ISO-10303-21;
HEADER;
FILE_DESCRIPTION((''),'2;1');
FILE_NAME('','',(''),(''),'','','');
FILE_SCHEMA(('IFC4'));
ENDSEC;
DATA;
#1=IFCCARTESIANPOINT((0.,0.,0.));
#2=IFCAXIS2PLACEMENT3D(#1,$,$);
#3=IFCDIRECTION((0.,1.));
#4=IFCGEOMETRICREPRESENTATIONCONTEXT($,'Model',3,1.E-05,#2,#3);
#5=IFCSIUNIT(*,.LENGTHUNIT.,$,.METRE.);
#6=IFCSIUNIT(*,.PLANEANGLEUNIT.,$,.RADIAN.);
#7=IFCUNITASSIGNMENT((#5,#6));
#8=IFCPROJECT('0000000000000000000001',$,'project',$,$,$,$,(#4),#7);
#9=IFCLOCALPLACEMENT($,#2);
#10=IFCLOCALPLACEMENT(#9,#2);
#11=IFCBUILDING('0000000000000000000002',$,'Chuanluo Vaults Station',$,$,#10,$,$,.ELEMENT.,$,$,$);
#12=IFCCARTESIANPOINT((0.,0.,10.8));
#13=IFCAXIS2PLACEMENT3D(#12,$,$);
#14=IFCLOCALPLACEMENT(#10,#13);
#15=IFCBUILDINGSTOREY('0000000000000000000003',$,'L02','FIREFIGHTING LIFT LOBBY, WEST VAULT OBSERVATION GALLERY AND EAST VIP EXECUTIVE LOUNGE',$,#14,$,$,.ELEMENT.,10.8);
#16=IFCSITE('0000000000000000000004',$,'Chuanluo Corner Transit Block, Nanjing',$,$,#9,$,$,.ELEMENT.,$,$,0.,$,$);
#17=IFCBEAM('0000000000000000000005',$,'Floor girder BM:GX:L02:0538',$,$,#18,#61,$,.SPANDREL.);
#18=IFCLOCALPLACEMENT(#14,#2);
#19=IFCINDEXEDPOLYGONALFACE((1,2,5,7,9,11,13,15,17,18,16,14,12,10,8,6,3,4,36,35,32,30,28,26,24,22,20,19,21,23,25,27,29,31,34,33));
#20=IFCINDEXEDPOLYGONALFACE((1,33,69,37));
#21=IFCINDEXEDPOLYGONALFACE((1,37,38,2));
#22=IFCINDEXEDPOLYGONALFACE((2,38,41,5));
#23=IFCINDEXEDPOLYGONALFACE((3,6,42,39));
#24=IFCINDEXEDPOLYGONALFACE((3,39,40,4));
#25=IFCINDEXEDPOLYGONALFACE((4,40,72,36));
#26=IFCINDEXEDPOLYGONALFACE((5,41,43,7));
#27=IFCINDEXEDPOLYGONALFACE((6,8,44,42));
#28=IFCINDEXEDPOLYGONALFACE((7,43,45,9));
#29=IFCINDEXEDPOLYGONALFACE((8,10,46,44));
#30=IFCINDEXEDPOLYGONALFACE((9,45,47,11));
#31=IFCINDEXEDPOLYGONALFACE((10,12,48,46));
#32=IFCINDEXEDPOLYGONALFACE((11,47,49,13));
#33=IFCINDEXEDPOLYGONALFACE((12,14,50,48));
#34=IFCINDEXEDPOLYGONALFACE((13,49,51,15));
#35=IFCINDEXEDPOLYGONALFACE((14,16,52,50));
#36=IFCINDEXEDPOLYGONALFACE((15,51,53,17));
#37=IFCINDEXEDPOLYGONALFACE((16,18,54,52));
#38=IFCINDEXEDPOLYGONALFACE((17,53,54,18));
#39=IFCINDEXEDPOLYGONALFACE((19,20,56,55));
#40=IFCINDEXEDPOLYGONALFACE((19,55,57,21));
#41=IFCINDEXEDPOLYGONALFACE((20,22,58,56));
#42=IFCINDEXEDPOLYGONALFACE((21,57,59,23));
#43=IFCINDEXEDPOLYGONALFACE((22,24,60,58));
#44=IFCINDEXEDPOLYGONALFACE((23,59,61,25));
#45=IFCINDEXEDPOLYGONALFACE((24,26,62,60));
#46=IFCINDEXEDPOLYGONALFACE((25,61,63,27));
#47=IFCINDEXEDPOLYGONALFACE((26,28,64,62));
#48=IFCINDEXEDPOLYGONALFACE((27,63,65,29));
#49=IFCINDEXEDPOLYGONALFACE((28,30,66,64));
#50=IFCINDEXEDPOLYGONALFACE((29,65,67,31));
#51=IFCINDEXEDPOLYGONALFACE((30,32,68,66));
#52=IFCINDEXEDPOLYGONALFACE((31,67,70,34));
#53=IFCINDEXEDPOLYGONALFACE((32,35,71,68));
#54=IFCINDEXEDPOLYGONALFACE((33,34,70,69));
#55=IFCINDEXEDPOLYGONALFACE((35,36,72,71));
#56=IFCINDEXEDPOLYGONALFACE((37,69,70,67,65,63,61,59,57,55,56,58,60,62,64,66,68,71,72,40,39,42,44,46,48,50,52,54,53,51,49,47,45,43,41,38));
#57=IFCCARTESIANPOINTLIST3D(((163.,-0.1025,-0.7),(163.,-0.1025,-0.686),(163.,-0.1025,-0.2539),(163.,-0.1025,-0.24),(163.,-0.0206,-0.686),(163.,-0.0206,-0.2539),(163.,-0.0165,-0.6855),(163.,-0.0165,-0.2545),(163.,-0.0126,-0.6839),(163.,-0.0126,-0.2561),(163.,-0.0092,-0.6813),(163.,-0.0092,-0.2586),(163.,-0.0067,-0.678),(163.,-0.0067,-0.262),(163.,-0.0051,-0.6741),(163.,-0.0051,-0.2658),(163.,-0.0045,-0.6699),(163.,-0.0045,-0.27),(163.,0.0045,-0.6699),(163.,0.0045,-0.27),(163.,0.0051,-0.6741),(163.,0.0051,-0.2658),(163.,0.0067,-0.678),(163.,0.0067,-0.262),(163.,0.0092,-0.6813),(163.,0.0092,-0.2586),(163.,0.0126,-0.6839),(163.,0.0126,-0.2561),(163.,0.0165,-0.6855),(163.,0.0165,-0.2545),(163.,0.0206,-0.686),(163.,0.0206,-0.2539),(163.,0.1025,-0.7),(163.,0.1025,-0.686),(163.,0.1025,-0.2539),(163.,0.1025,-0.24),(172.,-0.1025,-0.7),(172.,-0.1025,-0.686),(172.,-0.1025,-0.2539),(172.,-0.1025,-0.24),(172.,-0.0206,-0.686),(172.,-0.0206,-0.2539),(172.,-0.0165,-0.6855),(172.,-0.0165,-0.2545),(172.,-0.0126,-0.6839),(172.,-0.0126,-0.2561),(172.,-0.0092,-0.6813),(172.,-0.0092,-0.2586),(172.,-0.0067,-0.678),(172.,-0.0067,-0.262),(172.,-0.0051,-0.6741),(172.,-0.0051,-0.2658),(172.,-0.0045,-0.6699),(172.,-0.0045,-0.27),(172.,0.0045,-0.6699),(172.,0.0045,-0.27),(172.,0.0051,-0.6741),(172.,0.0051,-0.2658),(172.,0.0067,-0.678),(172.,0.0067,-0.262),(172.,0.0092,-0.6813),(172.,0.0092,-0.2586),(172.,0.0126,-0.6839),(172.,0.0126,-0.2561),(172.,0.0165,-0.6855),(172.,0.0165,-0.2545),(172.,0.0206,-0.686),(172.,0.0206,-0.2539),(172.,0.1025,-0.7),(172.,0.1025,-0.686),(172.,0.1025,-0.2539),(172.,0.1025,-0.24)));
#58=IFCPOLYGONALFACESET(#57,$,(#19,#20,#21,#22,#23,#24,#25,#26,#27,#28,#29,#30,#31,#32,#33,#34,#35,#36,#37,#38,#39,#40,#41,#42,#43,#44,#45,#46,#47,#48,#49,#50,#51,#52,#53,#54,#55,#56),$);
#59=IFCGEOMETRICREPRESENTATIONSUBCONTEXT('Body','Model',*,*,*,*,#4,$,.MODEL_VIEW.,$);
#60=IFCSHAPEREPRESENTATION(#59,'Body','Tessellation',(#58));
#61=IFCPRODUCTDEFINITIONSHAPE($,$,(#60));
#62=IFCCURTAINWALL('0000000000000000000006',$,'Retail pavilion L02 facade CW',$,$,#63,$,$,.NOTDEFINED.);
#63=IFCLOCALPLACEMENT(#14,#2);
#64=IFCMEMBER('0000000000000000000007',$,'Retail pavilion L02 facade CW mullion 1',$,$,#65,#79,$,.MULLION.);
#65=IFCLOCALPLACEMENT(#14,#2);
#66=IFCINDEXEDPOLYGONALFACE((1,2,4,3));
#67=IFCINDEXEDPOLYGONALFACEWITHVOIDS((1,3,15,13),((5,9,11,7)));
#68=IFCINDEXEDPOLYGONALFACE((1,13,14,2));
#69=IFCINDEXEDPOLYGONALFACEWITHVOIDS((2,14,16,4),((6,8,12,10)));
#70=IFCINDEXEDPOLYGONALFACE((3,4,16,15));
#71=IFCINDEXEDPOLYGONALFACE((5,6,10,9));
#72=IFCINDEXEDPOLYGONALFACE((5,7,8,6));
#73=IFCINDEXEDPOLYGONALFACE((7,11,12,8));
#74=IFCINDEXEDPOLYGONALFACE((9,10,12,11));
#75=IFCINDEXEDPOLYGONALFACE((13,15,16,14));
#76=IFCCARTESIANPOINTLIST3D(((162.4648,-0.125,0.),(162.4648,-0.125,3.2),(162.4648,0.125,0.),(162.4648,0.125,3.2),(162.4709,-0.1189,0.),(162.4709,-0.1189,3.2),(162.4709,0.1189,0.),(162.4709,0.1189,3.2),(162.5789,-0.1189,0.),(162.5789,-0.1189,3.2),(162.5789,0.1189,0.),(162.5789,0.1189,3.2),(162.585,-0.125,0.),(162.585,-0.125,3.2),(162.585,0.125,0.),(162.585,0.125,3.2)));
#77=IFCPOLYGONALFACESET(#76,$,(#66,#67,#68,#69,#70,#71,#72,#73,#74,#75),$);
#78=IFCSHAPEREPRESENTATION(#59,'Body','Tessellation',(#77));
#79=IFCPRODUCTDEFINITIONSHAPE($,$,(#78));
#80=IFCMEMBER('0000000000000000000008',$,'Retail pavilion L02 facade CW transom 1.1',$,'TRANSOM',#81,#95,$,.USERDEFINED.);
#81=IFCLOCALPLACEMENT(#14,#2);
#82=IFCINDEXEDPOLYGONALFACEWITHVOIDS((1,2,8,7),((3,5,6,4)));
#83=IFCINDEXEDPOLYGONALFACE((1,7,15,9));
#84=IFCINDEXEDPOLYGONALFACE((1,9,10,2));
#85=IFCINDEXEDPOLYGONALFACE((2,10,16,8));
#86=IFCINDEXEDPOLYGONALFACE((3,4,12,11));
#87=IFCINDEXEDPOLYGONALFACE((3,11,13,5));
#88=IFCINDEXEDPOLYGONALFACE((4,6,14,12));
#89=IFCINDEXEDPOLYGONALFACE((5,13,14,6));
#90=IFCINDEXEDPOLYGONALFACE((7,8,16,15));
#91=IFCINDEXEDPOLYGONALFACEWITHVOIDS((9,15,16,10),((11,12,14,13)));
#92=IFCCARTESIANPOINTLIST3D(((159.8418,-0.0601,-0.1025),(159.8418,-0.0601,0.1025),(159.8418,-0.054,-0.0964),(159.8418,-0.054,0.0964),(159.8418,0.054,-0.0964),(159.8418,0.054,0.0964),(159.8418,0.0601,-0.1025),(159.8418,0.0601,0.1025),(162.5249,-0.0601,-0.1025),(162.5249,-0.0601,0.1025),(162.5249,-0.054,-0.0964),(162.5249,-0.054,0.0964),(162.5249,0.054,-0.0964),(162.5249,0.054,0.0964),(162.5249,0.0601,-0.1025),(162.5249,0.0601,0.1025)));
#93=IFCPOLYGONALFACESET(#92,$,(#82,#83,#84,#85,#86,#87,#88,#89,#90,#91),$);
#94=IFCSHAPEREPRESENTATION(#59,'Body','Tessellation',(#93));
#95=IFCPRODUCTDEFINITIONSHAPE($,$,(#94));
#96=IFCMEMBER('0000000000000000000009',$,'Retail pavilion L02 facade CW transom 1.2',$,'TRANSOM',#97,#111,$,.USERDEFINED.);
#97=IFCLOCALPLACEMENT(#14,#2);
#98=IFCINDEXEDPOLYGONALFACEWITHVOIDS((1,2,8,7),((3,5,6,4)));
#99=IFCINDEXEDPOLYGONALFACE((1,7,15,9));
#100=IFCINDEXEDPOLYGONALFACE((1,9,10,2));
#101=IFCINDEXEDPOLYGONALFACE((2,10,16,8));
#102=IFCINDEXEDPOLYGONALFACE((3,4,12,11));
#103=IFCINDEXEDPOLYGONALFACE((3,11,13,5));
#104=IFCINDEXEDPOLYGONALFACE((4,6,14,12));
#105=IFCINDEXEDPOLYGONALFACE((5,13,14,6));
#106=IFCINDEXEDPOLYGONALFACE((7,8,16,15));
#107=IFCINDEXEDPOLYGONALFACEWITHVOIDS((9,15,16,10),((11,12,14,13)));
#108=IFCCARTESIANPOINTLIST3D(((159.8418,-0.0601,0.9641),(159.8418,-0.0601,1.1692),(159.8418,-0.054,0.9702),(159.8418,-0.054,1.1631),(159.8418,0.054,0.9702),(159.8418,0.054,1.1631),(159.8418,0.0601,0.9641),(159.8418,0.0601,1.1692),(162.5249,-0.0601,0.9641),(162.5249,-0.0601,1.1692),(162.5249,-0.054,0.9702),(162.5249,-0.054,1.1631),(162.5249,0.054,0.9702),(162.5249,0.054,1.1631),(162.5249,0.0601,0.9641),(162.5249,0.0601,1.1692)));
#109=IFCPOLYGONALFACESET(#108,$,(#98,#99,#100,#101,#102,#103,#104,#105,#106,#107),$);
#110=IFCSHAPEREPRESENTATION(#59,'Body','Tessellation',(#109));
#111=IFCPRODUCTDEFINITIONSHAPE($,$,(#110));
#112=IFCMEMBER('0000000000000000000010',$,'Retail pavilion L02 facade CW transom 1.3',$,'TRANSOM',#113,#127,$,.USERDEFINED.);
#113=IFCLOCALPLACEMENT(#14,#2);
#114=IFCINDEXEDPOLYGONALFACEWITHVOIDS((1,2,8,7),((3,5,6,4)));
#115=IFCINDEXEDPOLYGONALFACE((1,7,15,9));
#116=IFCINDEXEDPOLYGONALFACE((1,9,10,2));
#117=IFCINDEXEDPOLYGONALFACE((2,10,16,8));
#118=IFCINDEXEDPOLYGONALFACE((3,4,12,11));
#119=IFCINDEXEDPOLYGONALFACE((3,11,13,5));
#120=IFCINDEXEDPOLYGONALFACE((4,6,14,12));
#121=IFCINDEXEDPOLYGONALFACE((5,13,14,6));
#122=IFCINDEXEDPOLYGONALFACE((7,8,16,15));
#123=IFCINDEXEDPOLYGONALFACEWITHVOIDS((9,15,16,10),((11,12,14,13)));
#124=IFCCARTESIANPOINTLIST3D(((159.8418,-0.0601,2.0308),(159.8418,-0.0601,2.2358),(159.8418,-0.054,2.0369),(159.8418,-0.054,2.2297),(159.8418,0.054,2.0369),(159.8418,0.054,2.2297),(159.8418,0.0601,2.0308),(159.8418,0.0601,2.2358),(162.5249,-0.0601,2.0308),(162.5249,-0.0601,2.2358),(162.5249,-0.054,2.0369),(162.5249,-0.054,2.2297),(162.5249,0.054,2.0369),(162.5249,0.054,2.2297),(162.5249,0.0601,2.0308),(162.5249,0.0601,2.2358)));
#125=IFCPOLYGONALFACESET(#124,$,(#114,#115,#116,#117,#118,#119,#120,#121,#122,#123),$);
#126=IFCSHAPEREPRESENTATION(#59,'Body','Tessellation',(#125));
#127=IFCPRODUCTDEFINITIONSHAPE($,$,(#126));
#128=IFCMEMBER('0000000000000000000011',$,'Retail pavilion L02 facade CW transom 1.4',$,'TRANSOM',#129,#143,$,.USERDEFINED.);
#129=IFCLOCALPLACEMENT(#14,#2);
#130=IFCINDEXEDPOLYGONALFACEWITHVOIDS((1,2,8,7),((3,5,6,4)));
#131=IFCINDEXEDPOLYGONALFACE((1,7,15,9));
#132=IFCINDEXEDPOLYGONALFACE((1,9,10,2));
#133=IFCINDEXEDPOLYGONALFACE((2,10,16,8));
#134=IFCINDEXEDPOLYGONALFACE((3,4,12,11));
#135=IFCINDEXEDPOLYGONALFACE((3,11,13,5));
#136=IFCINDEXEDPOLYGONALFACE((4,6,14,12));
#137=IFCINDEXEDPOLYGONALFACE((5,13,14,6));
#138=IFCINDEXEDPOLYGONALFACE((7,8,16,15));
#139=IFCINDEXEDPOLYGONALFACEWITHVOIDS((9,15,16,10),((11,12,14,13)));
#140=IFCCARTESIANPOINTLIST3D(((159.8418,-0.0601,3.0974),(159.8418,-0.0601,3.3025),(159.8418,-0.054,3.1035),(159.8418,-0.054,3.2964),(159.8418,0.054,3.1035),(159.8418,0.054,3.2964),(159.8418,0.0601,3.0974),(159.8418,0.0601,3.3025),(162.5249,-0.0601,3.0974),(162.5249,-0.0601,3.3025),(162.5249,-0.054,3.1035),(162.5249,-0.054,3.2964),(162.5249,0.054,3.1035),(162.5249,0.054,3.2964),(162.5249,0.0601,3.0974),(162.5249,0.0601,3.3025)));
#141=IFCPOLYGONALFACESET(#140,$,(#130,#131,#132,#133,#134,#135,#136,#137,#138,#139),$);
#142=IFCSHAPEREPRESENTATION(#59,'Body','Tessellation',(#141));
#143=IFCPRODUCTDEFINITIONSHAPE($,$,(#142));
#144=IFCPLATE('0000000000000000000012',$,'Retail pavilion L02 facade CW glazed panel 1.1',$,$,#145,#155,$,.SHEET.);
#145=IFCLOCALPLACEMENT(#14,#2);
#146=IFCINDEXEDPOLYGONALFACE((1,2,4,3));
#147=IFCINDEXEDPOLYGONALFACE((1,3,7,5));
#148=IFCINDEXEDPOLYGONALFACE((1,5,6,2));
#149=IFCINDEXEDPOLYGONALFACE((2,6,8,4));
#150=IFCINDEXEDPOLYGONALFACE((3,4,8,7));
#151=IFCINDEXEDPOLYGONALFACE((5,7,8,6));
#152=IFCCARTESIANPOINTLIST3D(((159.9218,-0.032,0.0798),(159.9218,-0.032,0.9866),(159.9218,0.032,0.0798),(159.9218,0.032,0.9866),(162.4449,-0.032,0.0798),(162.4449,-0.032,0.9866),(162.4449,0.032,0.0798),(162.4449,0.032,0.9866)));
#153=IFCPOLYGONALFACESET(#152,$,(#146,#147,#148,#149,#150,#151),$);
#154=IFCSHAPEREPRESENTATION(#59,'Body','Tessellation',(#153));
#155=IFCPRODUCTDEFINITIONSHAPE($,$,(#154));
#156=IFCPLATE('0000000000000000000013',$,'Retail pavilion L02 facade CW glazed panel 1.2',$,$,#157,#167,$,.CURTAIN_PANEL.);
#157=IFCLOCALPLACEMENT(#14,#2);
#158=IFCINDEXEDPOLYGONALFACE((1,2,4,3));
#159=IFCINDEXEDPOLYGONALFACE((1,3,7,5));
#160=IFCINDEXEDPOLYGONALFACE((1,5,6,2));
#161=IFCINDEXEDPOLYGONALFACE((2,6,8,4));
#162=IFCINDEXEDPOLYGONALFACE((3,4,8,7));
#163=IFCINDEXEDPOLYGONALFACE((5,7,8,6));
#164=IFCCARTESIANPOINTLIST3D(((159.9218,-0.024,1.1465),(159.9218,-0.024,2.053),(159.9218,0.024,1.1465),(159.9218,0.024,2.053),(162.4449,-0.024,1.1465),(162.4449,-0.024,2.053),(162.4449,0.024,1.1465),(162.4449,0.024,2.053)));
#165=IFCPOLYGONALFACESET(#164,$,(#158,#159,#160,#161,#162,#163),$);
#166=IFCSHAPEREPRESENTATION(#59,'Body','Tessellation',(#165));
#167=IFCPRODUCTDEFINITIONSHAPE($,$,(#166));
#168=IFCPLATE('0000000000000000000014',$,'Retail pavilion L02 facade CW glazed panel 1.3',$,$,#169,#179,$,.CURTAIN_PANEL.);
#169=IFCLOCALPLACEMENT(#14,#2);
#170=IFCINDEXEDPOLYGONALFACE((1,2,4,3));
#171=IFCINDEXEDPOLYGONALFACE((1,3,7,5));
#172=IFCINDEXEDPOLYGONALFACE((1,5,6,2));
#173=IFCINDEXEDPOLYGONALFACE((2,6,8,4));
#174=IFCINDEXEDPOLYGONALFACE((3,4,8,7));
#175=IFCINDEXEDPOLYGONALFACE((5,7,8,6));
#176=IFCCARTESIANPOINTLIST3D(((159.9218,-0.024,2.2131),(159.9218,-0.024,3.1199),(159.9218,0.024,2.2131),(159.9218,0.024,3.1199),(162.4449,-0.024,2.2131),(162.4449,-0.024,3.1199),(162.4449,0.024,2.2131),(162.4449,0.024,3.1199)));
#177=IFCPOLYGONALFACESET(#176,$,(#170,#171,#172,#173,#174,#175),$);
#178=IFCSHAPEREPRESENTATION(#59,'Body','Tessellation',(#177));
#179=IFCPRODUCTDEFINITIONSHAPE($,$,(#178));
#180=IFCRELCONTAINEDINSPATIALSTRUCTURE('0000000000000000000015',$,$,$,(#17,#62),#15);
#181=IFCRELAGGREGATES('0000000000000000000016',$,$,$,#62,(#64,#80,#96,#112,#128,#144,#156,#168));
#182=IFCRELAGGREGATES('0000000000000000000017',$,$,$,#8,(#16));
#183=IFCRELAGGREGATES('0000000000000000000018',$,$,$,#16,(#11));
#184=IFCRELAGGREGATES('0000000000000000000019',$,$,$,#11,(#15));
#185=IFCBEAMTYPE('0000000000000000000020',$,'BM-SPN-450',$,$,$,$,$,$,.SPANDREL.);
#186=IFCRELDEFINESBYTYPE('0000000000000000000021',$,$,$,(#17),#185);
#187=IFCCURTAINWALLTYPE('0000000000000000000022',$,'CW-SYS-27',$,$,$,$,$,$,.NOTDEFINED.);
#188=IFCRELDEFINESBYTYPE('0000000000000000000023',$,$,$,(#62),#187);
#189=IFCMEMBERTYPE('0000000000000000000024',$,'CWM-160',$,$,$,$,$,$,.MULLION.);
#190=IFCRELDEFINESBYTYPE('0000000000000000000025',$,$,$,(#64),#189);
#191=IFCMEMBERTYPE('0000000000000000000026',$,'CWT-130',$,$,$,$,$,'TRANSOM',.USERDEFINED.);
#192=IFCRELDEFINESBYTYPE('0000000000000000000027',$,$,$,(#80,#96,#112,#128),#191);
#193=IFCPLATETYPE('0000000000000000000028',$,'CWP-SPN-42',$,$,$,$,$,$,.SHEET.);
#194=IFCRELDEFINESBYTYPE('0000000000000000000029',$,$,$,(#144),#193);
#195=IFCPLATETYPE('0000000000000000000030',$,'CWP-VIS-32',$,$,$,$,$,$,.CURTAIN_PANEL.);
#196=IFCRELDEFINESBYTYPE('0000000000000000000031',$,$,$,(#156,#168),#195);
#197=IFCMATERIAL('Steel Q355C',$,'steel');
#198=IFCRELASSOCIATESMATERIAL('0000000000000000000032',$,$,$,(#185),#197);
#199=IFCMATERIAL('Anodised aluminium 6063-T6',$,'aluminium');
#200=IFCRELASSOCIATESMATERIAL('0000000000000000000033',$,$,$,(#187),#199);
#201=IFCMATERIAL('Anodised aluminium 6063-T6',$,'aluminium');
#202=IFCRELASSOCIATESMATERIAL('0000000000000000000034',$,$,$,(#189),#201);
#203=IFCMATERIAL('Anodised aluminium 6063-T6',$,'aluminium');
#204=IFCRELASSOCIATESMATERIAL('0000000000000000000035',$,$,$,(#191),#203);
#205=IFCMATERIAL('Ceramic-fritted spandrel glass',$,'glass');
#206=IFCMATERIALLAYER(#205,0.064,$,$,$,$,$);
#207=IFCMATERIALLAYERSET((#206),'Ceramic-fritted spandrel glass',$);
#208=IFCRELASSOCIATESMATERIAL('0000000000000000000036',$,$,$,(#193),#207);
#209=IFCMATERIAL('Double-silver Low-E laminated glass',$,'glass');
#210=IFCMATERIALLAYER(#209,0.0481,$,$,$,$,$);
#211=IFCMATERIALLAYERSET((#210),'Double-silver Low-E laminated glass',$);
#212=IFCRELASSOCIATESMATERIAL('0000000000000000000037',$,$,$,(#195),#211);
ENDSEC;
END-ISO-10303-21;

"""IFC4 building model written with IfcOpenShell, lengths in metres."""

from ifc_helpers import new_model, si_unit, direction, frame, origin, origin_2d, place, context, subcontext, project, spatial, rectangle, hollow_rectangle, i_section, extrude, material, layer, layer_set, material_profile, profile_set, type_object, element, aggregate, save


model = new_model("IFC4")

# Units and contexts
model_context = context("Model", 3, precision=1e-05, world=origin(), true_north=direction((0.0, 1.0)))
body_context = subcontext(model_context, "Body", "Model", "MODEL_VIEW")
ifc_project = project(units=[si_unit("LENGTHUNIT", "METRE"), si_unit("PLANEANGLEUNIT", "RADIAN")], contexts=[model_context])

# Site, building, storey
site_placement = place(None, origin())
site = spatial("IfcSite", under=ifc_project, at=site_placement, Name="Chuanluo Corner Transit Block, Nanjing", CompositionType="ELEMENT", RefElevation=0.0)
building_placement = place(site_placement, origin())
building = spatial("IfcBuilding", under=site, at=building_placement, Name="Chuanluo Vaults Station", CompositionType="ELEMENT")
storey_placement = place(building_placement, frame((0.0, 0.0, 10.8)))
storey = spatial("IfcBuildingStorey", under=building, at=storey_placement, Name="L02", Description="FIREFIGHTING LIFT LOBBY, WEST VAULT OBSERVATION GALLERY AND EAST VIP EXECUTIVE LOUNGE", CompositionType="ELEMENT", Elevation=10.8)

# Beam
ifc_material_1 = material(Name="Steel Q355C", Category="steel")
ifc_material_profile_1 = material_profile(ifc_material_1, i_section(OverallWidth=0.2051, OverallDepth=0.46, WebThickness=0.009, FlangeThickness=0.0139, FilletRadius=0.0161, at=origin_2d()))
ifc_profile_set_1 = profile_set([ifc_material_profile_1], Name="Steel Q355C")
beam_type_1 = type_object("IfcBeamType", Name="BM-SPN-450", PredefinedType="SPANDREL", material=ifc_profile_set_1)
beam_1_placement = place(storey_placement, frame((163.0, 0.0, -0.47), z_axis=(1.0, 0.0, 0.0), x_axis=(0.0, 1.0, 0.0)))
element("IfcBeam", 1, at=beam_1_placement, inside=storey, type_object=beam_type_1, Name="Floor girder BM:GX:L02:0538", PredefinedType="SPANDREL", context=body_context, shape_type="SweptSolid", body=[
    extrude(i_section(OverallWidth=0.2051, OverallDepth=0.46, WebThickness=0.009, FlangeThickness=0.0139, FilletRadius=0.0161, at=origin_2d()), origin(), (0.0, 0.0, 1.0), 9.0),
])

# Curtain wall, members, plates
ifc_material_2 = material(Name="Anodised aluminium 6063-T6", Category="aluminium")
curtain_wall_type = type_object("IfcCurtainWallType", Name="CW-SYS-27", PredefinedType="NOTDEFINED", material=ifc_material_2)
curtain_wall_placement = place(storey_placement, origin())
curtain_wall = element("IfcCurtainWall", 2, at=curtain_wall_placement, inside=storey, type_object=curtain_wall_type, Name="Retail pavilion L02 facade CW", PredefinedType="NOTDEFINED")
ifc_material_3 = material(Name="Anodised aluminium 6063-T6", Category="aluminium")
ifc_material_profile_2 = material_profile(ifc_material_3, hollow_rectangle(XDim=0.1201, YDim=0.25, WallThickness=0.0061, at=origin_2d()))
ifc_profile_set_2 = profile_set([ifc_material_profile_2], Name="Anodised aluminium 6063-T6")
member_type_1 = type_object("IfcMemberType", Name="CWM-160", PredefinedType="MULLION", material=ifc_profile_set_2)
member_1_placement = place(storey_placement, frame((162.5249, 0.0, 0.0), z_axis=(0.0, 0.0, 1.0), x_axis=(-1.0, 0.0, 0.0)))
member_1 = element("IfcMember", 3, at=member_1_placement, type_object=member_type_1, Name="Retail pavilion L02 facade CW mullion 1", PredefinedType="MULLION", context=body_context, shape_type="SweptSolid", body=[
    extrude(hollow_rectangle(XDim=0.1201, YDim=0.25, WallThickness=0.0061, at=origin_2d()), origin(), (0.0, 0.0, 1.0), 3.2),
])
ifc_material_4 = material(Name="Anodised aluminium 6063-T6", Category="aluminium")
ifc_material_profile_3 = material_profile(ifc_material_4, hollow_rectangle(XDim=0.1201, YDim=0.2051, WallThickness=0.0061, at=origin_2d()))
ifc_profile_set_3 = profile_set([ifc_material_profile_3], Name="Anodised aluminium 6063-T6")
member_type_2 = type_object("IfcMemberType", Name="CWT-130", ElementType="TRANSOM", PredefinedType="USERDEFINED", material=ifc_profile_set_3)
member_2_placement = place(storey_placement, frame((162.5249, 0.0, 0.0), z_axis=(-1.0, 0.0, 0.0), x_axis=(0.0, -1.0, 0.0)))
member_2 = element("IfcMember", 4, at=member_2_placement, type_object=member_type_2, Name="Retail pavilion L02 facade CW transom 1.1", ObjectType="TRANSOM", PredefinedType="USERDEFINED", context=body_context, shape_type="SweptSolid", body=[
    extrude(hollow_rectangle(XDim=0.1201, YDim=0.2051, WallThickness=0.0061, at=origin_2d()), origin(), (0.0, 0.0, 1.0), 2.6831),
])
member_3_placement = place(storey_placement, frame((162.5249, 0.0, 1.0667), z_axis=(-1.0, 0.0, 0.0), x_axis=(0.0, -1.0, 0.0)))
member_3 = element("IfcMember", 5, at=member_3_placement, type_object=member_type_2, Name="Retail pavilion L02 facade CW transom 1.2", ObjectType="TRANSOM", PredefinedType="USERDEFINED", context=body_context, shape_type="SweptSolid", body=[
    extrude(hollow_rectangle(XDim=0.1201, YDim=0.2051, WallThickness=0.0061, at=origin_2d()), origin(), (0.0, 0.0, 1.0), 2.6831),
])
member_4_placement = place(storey_placement, frame((162.5249, 0.0, 2.1333), z_axis=(-1.0, 0.0, 0.0), x_axis=(0.0, -1.0, 0.0)))
member_4 = element("IfcMember", 6, at=member_4_placement, type_object=member_type_2, Name="Retail pavilion L02 facade CW transom 1.3", ObjectType="TRANSOM", PredefinedType="USERDEFINED", context=body_context, shape_type="SweptSolid", body=[
    extrude(hollow_rectangle(XDim=0.1201, YDim=0.2051, WallThickness=0.0061, at=origin_2d()), origin(), (0.0, 0.0, 1.0), 2.6831),
])
member_5_placement = place(storey_placement, frame((162.5249, 0.0, 3.2), z_axis=(-1.0, 0.0, 0.0), x_axis=(0.0, -1.0, 0.0)))
member_5 = element("IfcMember", 7, at=member_5_placement, type_object=member_type_2, Name="Retail pavilion L02 facade CW transom 1.4", ObjectType="TRANSOM", PredefinedType="USERDEFINED", context=body_context, shape_type="SweptSolid", body=[
    extrude(hollow_rectangle(XDim=0.1201, YDim=0.2051, WallThickness=0.0061, at=origin_2d()), origin(), (0.0, 0.0, 1.0), 2.6831),
])
ifc_material_5 = material(Name="Ceramic-fritted spandrel glass", Category="glass")
ifc_layer_1 = layer(ifc_material_5, 0.064)
ifc_layer_set_1 = layer_set([ifc_layer_1], Name="Ceramic-fritted spandrel glass")
plate_type_1 = type_object("IfcPlateType", Name="CWP-SPN-42", PredefinedType="SHEET", material=ifc_layer_set_1)
plate_1_placement = place(storey_placement, frame((161.1833, 0.0, 0.0798), z_axis=(0.0, 0.0, 1.0), x_axis=(-1.0, 0.0, 0.0)))
plate_1 = element("IfcPlate", 8, at=plate_1_placement, type_object=plate_type_1, Name="Retail pavilion L02 facade CW glazed panel 1.1", PredefinedType="SHEET", context=body_context, shape_type="SweptSolid", body=[
    extrude(rectangle(XDim=2.5232, YDim=0.064, at=origin_2d()), origin(), (0.0, 0.0, 1.0), 0.9067),
])
ifc_material_6 = material(Name="Double-silver Low-E laminated glass", Category="glass")
ifc_layer_2 = layer(ifc_material_6, 0.0481)
ifc_layer_set_2 = layer_set([ifc_layer_2], Name="Double-silver Low-E laminated glass")
plate_type_2 = type_object("IfcPlateType", Name="CWP-VIS-32", PredefinedType="CURTAIN_PANEL", material=ifc_layer_set_2)
plate_2_placement = place(storey_placement, frame((161.1833, 0.0, 1.1465), z_axis=(0.0, 0.0, 1.0), x_axis=(-1.0, 0.0, 0.0)))
plate_2 = element("IfcPlate", 9, at=plate_2_placement, type_object=plate_type_2, Name="Retail pavilion L02 facade CW glazed panel 1.2", PredefinedType="CURTAIN_PANEL", context=body_context, shape_type="SweptSolid", body=[
    extrude(rectangle(XDim=2.5232, YDim=0.0481, at=origin_2d()), origin(), (0.0, 0.0, 1.0), 0.9065),
])
plate_3_placement = place(storey_placement, frame((161.1833, 0.0, 2.2131), z_axis=(0.0, 0.0, 1.0), x_axis=(-1.0, 0.0, 0.0)))
plate_3 = element("IfcPlate", 10, at=plate_3_placement, type_object=plate_type_2, Name="Retail pavilion L02 facade CW glazed panel 1.3", PredefinedType="CURTAIN_PANEL", context=body_context, shape_type="SweptSolid", body=[
    extrude(rectangle(XDim=2.5232, YDim=0.0481, at=origin_2d()), origin(), (0.0, 0.0, 1.0), 0.9067),
])
aggregate(curtain_wall, [member_1, member_2, member_3, member_4, member_5, plate_1, plate_2, plate_3])

save(model, "model.ifc")
